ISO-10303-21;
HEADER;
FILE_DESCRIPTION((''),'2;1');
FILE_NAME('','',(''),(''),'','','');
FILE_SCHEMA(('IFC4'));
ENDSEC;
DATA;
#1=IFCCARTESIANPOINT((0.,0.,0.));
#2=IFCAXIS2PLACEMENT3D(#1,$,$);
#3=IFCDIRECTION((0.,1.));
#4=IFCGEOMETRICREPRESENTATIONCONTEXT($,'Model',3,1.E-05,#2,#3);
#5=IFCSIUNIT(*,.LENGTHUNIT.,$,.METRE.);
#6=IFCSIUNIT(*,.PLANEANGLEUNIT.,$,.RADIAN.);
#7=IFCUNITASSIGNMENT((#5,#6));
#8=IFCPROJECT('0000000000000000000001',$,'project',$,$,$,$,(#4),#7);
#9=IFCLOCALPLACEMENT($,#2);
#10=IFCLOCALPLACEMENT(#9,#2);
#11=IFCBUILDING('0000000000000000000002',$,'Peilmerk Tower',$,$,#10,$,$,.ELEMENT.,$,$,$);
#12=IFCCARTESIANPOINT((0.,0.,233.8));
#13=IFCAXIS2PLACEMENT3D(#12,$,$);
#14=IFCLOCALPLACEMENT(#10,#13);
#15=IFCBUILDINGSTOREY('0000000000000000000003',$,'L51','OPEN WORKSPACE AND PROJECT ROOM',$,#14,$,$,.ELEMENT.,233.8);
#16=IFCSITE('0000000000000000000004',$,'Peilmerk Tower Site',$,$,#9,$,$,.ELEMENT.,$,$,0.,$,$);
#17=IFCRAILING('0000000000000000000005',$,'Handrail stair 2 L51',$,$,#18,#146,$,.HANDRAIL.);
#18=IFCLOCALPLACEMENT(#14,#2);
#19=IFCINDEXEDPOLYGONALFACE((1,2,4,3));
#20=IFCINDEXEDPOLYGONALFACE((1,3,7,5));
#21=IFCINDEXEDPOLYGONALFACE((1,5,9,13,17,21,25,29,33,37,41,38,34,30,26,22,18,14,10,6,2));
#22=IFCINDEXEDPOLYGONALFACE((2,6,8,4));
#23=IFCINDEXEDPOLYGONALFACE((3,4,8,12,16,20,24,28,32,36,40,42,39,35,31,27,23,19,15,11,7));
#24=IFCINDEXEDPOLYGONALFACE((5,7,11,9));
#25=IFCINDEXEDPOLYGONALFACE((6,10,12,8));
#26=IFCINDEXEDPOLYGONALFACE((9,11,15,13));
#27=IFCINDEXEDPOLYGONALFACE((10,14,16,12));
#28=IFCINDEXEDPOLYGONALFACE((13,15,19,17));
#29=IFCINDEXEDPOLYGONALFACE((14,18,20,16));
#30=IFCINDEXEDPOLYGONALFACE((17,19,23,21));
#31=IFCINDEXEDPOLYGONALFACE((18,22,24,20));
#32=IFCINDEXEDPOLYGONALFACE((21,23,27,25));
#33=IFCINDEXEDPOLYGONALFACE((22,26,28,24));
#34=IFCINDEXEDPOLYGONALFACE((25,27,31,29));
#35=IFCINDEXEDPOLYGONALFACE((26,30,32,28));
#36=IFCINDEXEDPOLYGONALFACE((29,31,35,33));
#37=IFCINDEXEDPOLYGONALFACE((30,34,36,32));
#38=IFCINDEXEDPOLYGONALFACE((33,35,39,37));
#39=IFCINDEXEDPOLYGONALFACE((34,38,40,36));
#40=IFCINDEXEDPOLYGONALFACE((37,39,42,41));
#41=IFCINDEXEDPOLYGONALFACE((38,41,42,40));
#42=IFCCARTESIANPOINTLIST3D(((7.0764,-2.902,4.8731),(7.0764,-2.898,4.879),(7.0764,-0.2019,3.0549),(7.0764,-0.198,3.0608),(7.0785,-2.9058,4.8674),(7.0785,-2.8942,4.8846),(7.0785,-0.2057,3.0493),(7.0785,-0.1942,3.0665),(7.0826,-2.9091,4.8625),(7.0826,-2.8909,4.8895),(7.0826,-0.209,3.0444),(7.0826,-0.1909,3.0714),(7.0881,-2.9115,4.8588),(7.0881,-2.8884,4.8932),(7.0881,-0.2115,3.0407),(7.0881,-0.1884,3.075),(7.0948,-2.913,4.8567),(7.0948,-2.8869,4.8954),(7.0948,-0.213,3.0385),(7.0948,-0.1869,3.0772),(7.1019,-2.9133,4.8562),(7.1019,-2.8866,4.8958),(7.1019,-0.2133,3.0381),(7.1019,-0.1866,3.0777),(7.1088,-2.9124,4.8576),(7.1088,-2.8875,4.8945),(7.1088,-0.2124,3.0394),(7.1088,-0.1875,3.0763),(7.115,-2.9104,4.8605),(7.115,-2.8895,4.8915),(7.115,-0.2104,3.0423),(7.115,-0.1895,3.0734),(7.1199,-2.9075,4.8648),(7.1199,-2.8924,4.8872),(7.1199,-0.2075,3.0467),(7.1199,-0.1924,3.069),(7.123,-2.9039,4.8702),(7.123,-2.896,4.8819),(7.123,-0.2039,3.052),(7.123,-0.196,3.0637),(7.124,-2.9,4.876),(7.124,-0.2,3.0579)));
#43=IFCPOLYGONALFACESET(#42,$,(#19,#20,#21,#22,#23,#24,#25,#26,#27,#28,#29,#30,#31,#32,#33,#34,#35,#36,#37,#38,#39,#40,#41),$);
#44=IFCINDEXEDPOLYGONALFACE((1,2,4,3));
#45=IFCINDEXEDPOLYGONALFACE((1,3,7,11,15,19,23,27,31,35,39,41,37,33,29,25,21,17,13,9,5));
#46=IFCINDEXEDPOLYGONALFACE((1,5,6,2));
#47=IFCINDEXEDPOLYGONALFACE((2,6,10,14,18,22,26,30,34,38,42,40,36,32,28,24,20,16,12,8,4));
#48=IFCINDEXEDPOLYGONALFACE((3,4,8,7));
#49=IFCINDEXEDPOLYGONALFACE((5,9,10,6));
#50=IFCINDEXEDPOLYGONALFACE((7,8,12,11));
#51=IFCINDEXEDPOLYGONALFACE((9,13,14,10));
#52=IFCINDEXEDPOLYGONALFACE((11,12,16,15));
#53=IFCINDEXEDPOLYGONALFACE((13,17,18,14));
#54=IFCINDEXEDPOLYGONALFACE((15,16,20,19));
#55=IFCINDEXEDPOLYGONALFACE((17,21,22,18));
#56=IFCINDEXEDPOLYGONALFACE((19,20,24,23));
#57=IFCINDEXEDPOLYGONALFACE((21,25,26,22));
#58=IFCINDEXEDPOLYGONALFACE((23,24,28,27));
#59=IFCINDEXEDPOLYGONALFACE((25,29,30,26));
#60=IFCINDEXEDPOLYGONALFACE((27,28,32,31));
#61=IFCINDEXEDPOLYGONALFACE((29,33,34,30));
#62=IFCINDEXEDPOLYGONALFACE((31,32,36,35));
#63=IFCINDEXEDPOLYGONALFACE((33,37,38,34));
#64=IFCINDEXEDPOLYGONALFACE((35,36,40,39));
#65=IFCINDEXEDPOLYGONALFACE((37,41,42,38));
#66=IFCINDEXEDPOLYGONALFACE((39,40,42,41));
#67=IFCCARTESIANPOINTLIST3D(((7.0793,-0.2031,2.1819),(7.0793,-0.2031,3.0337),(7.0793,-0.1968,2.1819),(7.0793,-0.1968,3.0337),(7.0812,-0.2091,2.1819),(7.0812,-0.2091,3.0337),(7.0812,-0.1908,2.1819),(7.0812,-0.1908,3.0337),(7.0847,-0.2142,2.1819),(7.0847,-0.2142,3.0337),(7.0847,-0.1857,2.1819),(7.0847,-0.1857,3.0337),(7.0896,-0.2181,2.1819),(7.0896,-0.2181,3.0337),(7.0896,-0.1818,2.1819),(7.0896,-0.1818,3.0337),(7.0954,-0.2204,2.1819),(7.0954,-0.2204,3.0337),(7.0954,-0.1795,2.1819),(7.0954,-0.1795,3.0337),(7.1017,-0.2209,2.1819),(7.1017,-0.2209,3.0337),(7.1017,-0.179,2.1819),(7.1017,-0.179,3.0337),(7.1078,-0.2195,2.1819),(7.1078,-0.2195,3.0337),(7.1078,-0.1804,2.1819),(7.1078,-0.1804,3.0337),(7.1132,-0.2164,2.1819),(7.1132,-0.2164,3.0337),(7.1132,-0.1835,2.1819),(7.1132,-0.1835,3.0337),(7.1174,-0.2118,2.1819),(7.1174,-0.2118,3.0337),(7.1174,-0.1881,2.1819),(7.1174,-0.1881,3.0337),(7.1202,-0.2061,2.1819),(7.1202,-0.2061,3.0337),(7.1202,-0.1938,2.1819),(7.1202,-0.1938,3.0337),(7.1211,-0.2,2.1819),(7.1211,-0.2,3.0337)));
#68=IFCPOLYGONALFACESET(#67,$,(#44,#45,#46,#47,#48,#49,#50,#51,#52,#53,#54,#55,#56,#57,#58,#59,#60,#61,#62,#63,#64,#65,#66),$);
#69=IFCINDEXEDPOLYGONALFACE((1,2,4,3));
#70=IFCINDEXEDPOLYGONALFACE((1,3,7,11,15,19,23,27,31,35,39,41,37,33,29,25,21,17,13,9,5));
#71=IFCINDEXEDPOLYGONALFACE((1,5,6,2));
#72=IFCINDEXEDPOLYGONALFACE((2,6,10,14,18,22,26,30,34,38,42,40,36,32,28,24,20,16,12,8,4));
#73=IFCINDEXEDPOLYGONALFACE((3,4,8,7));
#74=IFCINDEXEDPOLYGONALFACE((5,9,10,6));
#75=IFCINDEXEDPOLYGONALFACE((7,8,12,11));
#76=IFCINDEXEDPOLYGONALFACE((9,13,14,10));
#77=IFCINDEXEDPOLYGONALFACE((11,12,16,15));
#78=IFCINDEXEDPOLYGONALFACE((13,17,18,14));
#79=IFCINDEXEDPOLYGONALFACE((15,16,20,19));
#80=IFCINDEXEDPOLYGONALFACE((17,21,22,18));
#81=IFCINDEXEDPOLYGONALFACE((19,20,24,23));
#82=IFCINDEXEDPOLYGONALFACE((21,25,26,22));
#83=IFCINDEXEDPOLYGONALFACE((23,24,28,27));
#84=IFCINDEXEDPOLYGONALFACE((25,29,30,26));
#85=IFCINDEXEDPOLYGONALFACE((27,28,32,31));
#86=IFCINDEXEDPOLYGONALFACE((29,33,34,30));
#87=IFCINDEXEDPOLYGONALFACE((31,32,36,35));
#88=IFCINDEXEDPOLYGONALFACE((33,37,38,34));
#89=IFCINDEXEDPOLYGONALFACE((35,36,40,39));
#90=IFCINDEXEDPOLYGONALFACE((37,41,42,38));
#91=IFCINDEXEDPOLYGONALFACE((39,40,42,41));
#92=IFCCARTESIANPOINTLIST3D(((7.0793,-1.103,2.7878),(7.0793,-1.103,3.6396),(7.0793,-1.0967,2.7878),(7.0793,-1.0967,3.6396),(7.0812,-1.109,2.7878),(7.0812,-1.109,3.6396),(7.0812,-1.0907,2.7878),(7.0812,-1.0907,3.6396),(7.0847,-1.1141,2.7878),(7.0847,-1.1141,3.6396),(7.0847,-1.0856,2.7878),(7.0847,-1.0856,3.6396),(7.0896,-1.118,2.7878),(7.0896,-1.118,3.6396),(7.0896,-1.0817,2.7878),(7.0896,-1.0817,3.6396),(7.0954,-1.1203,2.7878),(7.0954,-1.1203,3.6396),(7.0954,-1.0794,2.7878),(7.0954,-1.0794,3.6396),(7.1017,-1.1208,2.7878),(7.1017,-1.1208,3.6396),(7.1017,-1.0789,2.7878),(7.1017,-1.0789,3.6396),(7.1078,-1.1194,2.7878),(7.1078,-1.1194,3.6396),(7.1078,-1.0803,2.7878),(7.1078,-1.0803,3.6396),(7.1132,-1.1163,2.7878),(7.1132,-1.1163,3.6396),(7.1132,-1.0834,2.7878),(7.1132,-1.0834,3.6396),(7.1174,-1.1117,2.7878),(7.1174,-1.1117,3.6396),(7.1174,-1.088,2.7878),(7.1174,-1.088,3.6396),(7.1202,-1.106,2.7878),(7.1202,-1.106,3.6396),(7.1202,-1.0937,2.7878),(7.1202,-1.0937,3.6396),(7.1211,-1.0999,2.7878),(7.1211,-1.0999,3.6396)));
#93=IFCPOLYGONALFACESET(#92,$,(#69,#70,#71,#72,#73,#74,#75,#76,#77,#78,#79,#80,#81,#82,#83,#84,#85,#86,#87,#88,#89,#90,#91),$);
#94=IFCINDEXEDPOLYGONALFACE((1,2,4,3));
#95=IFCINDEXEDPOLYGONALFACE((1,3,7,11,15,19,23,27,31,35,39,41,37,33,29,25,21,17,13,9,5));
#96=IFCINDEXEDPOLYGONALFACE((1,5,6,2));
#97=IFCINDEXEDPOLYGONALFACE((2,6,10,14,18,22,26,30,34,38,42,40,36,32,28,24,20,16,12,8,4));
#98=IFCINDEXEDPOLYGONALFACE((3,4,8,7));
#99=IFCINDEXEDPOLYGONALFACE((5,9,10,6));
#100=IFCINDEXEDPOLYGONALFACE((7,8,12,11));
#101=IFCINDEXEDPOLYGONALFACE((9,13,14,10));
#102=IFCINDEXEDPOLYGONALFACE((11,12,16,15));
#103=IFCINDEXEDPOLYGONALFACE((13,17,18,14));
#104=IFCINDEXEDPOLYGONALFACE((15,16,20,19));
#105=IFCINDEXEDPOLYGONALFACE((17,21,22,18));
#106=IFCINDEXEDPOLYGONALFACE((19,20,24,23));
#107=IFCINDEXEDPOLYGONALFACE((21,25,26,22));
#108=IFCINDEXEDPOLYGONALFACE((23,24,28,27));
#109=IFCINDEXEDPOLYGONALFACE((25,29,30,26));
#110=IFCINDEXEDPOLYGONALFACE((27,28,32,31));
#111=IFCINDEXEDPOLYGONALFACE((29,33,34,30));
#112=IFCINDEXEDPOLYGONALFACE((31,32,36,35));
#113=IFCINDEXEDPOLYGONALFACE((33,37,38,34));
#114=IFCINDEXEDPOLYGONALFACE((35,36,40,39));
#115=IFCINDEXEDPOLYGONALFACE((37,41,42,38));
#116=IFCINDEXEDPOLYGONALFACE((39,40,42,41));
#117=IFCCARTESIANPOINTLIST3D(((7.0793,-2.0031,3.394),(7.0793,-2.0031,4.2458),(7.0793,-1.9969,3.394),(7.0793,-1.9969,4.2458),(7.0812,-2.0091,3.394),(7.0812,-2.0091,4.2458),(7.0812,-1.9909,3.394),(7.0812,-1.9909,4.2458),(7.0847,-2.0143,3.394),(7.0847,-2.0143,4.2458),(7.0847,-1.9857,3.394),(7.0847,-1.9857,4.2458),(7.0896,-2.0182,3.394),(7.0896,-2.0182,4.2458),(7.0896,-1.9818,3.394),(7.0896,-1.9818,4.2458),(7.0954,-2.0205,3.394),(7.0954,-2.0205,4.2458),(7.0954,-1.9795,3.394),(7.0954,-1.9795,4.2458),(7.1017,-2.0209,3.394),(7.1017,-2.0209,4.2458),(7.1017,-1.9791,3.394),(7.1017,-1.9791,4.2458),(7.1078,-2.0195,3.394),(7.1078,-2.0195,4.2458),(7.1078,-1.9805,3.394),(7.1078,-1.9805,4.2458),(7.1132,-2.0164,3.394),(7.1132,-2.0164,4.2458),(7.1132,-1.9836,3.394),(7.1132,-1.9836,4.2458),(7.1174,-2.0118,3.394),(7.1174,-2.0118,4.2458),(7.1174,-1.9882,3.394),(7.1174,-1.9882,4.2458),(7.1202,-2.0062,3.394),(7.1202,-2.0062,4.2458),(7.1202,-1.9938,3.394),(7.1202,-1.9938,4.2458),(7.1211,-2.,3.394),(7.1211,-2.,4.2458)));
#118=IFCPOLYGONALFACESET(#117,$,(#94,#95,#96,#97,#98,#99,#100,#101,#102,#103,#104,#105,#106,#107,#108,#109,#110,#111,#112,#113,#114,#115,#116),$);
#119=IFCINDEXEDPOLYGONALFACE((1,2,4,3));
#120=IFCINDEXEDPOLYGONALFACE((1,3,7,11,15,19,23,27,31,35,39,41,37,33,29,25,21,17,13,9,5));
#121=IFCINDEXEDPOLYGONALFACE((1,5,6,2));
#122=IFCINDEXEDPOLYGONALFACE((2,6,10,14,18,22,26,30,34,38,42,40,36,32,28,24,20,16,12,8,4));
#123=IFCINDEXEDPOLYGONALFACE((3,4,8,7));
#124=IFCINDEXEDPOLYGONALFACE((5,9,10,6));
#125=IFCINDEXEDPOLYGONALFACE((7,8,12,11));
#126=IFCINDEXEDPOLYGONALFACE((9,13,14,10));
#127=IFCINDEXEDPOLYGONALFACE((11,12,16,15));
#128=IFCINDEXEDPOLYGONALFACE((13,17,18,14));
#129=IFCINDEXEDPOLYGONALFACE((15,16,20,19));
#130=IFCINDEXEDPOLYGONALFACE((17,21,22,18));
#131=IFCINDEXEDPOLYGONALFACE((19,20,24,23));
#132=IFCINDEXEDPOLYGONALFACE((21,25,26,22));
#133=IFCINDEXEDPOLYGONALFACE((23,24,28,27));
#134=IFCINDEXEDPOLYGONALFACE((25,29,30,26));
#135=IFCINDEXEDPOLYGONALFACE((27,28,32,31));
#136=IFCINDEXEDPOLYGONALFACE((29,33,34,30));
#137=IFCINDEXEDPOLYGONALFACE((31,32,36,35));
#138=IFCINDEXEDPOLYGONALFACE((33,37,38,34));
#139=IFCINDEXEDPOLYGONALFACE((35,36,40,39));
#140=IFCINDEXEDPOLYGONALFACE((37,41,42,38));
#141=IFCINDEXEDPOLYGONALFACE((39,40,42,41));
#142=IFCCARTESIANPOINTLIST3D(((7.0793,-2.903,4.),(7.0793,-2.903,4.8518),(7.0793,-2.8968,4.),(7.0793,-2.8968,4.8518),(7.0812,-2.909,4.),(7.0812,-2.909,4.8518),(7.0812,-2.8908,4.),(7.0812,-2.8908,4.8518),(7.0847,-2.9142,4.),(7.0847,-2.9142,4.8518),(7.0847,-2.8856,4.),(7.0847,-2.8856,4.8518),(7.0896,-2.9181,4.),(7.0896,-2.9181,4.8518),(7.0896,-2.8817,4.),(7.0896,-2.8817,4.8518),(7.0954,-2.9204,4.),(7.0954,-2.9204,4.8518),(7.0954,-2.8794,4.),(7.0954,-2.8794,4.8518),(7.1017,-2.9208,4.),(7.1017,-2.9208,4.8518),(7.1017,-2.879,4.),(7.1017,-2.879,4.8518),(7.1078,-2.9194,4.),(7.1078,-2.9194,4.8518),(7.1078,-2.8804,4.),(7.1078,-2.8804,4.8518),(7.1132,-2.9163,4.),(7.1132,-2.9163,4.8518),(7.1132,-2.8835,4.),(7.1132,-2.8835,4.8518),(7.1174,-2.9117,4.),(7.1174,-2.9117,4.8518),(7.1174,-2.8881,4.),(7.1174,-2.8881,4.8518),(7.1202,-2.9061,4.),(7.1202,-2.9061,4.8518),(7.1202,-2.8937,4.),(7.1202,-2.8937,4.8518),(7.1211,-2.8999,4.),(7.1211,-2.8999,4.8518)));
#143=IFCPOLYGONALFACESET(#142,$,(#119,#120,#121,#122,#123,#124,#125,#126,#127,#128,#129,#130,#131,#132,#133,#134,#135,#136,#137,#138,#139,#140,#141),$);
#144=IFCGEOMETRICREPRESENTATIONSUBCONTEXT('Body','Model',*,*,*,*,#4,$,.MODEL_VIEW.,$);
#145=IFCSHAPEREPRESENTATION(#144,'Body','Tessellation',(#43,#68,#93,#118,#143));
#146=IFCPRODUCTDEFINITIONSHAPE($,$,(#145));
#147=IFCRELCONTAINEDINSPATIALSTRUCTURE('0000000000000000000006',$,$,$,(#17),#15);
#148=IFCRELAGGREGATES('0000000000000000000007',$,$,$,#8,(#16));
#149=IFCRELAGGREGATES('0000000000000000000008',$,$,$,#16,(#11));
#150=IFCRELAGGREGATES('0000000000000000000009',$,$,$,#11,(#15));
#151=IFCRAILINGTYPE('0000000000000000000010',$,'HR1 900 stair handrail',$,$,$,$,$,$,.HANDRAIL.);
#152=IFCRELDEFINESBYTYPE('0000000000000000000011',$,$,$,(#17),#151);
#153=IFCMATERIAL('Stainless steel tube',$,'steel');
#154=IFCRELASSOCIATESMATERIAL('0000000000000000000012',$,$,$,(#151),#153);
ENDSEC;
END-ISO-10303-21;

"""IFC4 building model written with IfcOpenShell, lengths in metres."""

from ifc_helpers import new_model, si_unit, direction, frame, origin, origin_2d, place, context, subcontext, project, spatial, circle, extrude, material, type_object, element, save


model = new_model("IFC4")

# Units and contexts
model_context = context("Model", 3, precision=1e-05, world=origin(), true_north=direction((0.0, 1.0)))
body_context = subcontext(model_context, "Body", "Model", "MODEL_VIEW")
ifc_project = project(units=[si_unit("LENGTHUNIT", "METRE"), si_unit("PLANEANGLEUNIT", "RADIAN")], contexts=[model_context])

# Site, building, storey
site_placement = place(None, origin())
site = spatial("IfcSite", under=ifc_project, at=site_placement, Name="Peilmerk Tower Site", CompositionType="ELEMENT", RefElevation=0.0)
building_placement = place(site_placement, origin())
building = spatial("IfcBuilding", under=site, at=building_placement, Name="Peilmerk Tower", CompositionType="ELEMENT")
storey_placement = place(building_placement, frame((0.0, 0.0, 233.8)))
storey = spatial("IfcBuildingStorey", under=building, at=storey_placement, Name="L51", Description="OPEN WORKSPACE AND PROJECT ROOM", CompositionType="ELEMENT", Elevation=233.8)

# Railing
ifc_material_1 = material(Name="Stainless steel tube", Category="steel")
railing_type_1 = type_object("IfcRailingType", Name="HR1 900 stair handrail", PredefinedType="HANDRAIL", material=ifc_material_1)
railing_1_placement = place(storey_placement, frame((7.1001, -0.2, 2.1819)))
element("IfcRailing", 1, at=railing_1_placement, inside=storey, type_object=railing_type_1, Name="Handrail stair 2 L51", PredefinedType="HANDRAIL", context=body_context, shape_type="SweptSolid", body=[
    extrude(circle(Radius=0.0239, at=origin_2d()), frame((0.0, 0.0, 0.876), z_axis=(0.0, -0.829468, 0.558554), x_axis=(1.0, 0.0, 0.0)), (0.0, 0.0, 1.0), 3.2551),
    extrude(circle(Radius=0.021, at=origin_2d()), origin(), (0.0, 0.0, 1.0), 0.8518),
    extrude(circle(Radius=0.021, at=origin_2d()), frame((0.0, -0.8999, 0.606)), (0.0, 0.0, 1.0), 0.8518),
    extrude(circle(Radius=0.021, at=origin_2d()), frame((0.0, -1.8, 1.2122)), (0.0, 0.0, 1.0), 0.8518),
    extrude(circle(Radius=0.021, at=origin_2d()), frame((0.0, -2.7, 1.8181)), (0.0, 0.0, 1.0), 0.8518),
])

save(model, "model.ifc")
